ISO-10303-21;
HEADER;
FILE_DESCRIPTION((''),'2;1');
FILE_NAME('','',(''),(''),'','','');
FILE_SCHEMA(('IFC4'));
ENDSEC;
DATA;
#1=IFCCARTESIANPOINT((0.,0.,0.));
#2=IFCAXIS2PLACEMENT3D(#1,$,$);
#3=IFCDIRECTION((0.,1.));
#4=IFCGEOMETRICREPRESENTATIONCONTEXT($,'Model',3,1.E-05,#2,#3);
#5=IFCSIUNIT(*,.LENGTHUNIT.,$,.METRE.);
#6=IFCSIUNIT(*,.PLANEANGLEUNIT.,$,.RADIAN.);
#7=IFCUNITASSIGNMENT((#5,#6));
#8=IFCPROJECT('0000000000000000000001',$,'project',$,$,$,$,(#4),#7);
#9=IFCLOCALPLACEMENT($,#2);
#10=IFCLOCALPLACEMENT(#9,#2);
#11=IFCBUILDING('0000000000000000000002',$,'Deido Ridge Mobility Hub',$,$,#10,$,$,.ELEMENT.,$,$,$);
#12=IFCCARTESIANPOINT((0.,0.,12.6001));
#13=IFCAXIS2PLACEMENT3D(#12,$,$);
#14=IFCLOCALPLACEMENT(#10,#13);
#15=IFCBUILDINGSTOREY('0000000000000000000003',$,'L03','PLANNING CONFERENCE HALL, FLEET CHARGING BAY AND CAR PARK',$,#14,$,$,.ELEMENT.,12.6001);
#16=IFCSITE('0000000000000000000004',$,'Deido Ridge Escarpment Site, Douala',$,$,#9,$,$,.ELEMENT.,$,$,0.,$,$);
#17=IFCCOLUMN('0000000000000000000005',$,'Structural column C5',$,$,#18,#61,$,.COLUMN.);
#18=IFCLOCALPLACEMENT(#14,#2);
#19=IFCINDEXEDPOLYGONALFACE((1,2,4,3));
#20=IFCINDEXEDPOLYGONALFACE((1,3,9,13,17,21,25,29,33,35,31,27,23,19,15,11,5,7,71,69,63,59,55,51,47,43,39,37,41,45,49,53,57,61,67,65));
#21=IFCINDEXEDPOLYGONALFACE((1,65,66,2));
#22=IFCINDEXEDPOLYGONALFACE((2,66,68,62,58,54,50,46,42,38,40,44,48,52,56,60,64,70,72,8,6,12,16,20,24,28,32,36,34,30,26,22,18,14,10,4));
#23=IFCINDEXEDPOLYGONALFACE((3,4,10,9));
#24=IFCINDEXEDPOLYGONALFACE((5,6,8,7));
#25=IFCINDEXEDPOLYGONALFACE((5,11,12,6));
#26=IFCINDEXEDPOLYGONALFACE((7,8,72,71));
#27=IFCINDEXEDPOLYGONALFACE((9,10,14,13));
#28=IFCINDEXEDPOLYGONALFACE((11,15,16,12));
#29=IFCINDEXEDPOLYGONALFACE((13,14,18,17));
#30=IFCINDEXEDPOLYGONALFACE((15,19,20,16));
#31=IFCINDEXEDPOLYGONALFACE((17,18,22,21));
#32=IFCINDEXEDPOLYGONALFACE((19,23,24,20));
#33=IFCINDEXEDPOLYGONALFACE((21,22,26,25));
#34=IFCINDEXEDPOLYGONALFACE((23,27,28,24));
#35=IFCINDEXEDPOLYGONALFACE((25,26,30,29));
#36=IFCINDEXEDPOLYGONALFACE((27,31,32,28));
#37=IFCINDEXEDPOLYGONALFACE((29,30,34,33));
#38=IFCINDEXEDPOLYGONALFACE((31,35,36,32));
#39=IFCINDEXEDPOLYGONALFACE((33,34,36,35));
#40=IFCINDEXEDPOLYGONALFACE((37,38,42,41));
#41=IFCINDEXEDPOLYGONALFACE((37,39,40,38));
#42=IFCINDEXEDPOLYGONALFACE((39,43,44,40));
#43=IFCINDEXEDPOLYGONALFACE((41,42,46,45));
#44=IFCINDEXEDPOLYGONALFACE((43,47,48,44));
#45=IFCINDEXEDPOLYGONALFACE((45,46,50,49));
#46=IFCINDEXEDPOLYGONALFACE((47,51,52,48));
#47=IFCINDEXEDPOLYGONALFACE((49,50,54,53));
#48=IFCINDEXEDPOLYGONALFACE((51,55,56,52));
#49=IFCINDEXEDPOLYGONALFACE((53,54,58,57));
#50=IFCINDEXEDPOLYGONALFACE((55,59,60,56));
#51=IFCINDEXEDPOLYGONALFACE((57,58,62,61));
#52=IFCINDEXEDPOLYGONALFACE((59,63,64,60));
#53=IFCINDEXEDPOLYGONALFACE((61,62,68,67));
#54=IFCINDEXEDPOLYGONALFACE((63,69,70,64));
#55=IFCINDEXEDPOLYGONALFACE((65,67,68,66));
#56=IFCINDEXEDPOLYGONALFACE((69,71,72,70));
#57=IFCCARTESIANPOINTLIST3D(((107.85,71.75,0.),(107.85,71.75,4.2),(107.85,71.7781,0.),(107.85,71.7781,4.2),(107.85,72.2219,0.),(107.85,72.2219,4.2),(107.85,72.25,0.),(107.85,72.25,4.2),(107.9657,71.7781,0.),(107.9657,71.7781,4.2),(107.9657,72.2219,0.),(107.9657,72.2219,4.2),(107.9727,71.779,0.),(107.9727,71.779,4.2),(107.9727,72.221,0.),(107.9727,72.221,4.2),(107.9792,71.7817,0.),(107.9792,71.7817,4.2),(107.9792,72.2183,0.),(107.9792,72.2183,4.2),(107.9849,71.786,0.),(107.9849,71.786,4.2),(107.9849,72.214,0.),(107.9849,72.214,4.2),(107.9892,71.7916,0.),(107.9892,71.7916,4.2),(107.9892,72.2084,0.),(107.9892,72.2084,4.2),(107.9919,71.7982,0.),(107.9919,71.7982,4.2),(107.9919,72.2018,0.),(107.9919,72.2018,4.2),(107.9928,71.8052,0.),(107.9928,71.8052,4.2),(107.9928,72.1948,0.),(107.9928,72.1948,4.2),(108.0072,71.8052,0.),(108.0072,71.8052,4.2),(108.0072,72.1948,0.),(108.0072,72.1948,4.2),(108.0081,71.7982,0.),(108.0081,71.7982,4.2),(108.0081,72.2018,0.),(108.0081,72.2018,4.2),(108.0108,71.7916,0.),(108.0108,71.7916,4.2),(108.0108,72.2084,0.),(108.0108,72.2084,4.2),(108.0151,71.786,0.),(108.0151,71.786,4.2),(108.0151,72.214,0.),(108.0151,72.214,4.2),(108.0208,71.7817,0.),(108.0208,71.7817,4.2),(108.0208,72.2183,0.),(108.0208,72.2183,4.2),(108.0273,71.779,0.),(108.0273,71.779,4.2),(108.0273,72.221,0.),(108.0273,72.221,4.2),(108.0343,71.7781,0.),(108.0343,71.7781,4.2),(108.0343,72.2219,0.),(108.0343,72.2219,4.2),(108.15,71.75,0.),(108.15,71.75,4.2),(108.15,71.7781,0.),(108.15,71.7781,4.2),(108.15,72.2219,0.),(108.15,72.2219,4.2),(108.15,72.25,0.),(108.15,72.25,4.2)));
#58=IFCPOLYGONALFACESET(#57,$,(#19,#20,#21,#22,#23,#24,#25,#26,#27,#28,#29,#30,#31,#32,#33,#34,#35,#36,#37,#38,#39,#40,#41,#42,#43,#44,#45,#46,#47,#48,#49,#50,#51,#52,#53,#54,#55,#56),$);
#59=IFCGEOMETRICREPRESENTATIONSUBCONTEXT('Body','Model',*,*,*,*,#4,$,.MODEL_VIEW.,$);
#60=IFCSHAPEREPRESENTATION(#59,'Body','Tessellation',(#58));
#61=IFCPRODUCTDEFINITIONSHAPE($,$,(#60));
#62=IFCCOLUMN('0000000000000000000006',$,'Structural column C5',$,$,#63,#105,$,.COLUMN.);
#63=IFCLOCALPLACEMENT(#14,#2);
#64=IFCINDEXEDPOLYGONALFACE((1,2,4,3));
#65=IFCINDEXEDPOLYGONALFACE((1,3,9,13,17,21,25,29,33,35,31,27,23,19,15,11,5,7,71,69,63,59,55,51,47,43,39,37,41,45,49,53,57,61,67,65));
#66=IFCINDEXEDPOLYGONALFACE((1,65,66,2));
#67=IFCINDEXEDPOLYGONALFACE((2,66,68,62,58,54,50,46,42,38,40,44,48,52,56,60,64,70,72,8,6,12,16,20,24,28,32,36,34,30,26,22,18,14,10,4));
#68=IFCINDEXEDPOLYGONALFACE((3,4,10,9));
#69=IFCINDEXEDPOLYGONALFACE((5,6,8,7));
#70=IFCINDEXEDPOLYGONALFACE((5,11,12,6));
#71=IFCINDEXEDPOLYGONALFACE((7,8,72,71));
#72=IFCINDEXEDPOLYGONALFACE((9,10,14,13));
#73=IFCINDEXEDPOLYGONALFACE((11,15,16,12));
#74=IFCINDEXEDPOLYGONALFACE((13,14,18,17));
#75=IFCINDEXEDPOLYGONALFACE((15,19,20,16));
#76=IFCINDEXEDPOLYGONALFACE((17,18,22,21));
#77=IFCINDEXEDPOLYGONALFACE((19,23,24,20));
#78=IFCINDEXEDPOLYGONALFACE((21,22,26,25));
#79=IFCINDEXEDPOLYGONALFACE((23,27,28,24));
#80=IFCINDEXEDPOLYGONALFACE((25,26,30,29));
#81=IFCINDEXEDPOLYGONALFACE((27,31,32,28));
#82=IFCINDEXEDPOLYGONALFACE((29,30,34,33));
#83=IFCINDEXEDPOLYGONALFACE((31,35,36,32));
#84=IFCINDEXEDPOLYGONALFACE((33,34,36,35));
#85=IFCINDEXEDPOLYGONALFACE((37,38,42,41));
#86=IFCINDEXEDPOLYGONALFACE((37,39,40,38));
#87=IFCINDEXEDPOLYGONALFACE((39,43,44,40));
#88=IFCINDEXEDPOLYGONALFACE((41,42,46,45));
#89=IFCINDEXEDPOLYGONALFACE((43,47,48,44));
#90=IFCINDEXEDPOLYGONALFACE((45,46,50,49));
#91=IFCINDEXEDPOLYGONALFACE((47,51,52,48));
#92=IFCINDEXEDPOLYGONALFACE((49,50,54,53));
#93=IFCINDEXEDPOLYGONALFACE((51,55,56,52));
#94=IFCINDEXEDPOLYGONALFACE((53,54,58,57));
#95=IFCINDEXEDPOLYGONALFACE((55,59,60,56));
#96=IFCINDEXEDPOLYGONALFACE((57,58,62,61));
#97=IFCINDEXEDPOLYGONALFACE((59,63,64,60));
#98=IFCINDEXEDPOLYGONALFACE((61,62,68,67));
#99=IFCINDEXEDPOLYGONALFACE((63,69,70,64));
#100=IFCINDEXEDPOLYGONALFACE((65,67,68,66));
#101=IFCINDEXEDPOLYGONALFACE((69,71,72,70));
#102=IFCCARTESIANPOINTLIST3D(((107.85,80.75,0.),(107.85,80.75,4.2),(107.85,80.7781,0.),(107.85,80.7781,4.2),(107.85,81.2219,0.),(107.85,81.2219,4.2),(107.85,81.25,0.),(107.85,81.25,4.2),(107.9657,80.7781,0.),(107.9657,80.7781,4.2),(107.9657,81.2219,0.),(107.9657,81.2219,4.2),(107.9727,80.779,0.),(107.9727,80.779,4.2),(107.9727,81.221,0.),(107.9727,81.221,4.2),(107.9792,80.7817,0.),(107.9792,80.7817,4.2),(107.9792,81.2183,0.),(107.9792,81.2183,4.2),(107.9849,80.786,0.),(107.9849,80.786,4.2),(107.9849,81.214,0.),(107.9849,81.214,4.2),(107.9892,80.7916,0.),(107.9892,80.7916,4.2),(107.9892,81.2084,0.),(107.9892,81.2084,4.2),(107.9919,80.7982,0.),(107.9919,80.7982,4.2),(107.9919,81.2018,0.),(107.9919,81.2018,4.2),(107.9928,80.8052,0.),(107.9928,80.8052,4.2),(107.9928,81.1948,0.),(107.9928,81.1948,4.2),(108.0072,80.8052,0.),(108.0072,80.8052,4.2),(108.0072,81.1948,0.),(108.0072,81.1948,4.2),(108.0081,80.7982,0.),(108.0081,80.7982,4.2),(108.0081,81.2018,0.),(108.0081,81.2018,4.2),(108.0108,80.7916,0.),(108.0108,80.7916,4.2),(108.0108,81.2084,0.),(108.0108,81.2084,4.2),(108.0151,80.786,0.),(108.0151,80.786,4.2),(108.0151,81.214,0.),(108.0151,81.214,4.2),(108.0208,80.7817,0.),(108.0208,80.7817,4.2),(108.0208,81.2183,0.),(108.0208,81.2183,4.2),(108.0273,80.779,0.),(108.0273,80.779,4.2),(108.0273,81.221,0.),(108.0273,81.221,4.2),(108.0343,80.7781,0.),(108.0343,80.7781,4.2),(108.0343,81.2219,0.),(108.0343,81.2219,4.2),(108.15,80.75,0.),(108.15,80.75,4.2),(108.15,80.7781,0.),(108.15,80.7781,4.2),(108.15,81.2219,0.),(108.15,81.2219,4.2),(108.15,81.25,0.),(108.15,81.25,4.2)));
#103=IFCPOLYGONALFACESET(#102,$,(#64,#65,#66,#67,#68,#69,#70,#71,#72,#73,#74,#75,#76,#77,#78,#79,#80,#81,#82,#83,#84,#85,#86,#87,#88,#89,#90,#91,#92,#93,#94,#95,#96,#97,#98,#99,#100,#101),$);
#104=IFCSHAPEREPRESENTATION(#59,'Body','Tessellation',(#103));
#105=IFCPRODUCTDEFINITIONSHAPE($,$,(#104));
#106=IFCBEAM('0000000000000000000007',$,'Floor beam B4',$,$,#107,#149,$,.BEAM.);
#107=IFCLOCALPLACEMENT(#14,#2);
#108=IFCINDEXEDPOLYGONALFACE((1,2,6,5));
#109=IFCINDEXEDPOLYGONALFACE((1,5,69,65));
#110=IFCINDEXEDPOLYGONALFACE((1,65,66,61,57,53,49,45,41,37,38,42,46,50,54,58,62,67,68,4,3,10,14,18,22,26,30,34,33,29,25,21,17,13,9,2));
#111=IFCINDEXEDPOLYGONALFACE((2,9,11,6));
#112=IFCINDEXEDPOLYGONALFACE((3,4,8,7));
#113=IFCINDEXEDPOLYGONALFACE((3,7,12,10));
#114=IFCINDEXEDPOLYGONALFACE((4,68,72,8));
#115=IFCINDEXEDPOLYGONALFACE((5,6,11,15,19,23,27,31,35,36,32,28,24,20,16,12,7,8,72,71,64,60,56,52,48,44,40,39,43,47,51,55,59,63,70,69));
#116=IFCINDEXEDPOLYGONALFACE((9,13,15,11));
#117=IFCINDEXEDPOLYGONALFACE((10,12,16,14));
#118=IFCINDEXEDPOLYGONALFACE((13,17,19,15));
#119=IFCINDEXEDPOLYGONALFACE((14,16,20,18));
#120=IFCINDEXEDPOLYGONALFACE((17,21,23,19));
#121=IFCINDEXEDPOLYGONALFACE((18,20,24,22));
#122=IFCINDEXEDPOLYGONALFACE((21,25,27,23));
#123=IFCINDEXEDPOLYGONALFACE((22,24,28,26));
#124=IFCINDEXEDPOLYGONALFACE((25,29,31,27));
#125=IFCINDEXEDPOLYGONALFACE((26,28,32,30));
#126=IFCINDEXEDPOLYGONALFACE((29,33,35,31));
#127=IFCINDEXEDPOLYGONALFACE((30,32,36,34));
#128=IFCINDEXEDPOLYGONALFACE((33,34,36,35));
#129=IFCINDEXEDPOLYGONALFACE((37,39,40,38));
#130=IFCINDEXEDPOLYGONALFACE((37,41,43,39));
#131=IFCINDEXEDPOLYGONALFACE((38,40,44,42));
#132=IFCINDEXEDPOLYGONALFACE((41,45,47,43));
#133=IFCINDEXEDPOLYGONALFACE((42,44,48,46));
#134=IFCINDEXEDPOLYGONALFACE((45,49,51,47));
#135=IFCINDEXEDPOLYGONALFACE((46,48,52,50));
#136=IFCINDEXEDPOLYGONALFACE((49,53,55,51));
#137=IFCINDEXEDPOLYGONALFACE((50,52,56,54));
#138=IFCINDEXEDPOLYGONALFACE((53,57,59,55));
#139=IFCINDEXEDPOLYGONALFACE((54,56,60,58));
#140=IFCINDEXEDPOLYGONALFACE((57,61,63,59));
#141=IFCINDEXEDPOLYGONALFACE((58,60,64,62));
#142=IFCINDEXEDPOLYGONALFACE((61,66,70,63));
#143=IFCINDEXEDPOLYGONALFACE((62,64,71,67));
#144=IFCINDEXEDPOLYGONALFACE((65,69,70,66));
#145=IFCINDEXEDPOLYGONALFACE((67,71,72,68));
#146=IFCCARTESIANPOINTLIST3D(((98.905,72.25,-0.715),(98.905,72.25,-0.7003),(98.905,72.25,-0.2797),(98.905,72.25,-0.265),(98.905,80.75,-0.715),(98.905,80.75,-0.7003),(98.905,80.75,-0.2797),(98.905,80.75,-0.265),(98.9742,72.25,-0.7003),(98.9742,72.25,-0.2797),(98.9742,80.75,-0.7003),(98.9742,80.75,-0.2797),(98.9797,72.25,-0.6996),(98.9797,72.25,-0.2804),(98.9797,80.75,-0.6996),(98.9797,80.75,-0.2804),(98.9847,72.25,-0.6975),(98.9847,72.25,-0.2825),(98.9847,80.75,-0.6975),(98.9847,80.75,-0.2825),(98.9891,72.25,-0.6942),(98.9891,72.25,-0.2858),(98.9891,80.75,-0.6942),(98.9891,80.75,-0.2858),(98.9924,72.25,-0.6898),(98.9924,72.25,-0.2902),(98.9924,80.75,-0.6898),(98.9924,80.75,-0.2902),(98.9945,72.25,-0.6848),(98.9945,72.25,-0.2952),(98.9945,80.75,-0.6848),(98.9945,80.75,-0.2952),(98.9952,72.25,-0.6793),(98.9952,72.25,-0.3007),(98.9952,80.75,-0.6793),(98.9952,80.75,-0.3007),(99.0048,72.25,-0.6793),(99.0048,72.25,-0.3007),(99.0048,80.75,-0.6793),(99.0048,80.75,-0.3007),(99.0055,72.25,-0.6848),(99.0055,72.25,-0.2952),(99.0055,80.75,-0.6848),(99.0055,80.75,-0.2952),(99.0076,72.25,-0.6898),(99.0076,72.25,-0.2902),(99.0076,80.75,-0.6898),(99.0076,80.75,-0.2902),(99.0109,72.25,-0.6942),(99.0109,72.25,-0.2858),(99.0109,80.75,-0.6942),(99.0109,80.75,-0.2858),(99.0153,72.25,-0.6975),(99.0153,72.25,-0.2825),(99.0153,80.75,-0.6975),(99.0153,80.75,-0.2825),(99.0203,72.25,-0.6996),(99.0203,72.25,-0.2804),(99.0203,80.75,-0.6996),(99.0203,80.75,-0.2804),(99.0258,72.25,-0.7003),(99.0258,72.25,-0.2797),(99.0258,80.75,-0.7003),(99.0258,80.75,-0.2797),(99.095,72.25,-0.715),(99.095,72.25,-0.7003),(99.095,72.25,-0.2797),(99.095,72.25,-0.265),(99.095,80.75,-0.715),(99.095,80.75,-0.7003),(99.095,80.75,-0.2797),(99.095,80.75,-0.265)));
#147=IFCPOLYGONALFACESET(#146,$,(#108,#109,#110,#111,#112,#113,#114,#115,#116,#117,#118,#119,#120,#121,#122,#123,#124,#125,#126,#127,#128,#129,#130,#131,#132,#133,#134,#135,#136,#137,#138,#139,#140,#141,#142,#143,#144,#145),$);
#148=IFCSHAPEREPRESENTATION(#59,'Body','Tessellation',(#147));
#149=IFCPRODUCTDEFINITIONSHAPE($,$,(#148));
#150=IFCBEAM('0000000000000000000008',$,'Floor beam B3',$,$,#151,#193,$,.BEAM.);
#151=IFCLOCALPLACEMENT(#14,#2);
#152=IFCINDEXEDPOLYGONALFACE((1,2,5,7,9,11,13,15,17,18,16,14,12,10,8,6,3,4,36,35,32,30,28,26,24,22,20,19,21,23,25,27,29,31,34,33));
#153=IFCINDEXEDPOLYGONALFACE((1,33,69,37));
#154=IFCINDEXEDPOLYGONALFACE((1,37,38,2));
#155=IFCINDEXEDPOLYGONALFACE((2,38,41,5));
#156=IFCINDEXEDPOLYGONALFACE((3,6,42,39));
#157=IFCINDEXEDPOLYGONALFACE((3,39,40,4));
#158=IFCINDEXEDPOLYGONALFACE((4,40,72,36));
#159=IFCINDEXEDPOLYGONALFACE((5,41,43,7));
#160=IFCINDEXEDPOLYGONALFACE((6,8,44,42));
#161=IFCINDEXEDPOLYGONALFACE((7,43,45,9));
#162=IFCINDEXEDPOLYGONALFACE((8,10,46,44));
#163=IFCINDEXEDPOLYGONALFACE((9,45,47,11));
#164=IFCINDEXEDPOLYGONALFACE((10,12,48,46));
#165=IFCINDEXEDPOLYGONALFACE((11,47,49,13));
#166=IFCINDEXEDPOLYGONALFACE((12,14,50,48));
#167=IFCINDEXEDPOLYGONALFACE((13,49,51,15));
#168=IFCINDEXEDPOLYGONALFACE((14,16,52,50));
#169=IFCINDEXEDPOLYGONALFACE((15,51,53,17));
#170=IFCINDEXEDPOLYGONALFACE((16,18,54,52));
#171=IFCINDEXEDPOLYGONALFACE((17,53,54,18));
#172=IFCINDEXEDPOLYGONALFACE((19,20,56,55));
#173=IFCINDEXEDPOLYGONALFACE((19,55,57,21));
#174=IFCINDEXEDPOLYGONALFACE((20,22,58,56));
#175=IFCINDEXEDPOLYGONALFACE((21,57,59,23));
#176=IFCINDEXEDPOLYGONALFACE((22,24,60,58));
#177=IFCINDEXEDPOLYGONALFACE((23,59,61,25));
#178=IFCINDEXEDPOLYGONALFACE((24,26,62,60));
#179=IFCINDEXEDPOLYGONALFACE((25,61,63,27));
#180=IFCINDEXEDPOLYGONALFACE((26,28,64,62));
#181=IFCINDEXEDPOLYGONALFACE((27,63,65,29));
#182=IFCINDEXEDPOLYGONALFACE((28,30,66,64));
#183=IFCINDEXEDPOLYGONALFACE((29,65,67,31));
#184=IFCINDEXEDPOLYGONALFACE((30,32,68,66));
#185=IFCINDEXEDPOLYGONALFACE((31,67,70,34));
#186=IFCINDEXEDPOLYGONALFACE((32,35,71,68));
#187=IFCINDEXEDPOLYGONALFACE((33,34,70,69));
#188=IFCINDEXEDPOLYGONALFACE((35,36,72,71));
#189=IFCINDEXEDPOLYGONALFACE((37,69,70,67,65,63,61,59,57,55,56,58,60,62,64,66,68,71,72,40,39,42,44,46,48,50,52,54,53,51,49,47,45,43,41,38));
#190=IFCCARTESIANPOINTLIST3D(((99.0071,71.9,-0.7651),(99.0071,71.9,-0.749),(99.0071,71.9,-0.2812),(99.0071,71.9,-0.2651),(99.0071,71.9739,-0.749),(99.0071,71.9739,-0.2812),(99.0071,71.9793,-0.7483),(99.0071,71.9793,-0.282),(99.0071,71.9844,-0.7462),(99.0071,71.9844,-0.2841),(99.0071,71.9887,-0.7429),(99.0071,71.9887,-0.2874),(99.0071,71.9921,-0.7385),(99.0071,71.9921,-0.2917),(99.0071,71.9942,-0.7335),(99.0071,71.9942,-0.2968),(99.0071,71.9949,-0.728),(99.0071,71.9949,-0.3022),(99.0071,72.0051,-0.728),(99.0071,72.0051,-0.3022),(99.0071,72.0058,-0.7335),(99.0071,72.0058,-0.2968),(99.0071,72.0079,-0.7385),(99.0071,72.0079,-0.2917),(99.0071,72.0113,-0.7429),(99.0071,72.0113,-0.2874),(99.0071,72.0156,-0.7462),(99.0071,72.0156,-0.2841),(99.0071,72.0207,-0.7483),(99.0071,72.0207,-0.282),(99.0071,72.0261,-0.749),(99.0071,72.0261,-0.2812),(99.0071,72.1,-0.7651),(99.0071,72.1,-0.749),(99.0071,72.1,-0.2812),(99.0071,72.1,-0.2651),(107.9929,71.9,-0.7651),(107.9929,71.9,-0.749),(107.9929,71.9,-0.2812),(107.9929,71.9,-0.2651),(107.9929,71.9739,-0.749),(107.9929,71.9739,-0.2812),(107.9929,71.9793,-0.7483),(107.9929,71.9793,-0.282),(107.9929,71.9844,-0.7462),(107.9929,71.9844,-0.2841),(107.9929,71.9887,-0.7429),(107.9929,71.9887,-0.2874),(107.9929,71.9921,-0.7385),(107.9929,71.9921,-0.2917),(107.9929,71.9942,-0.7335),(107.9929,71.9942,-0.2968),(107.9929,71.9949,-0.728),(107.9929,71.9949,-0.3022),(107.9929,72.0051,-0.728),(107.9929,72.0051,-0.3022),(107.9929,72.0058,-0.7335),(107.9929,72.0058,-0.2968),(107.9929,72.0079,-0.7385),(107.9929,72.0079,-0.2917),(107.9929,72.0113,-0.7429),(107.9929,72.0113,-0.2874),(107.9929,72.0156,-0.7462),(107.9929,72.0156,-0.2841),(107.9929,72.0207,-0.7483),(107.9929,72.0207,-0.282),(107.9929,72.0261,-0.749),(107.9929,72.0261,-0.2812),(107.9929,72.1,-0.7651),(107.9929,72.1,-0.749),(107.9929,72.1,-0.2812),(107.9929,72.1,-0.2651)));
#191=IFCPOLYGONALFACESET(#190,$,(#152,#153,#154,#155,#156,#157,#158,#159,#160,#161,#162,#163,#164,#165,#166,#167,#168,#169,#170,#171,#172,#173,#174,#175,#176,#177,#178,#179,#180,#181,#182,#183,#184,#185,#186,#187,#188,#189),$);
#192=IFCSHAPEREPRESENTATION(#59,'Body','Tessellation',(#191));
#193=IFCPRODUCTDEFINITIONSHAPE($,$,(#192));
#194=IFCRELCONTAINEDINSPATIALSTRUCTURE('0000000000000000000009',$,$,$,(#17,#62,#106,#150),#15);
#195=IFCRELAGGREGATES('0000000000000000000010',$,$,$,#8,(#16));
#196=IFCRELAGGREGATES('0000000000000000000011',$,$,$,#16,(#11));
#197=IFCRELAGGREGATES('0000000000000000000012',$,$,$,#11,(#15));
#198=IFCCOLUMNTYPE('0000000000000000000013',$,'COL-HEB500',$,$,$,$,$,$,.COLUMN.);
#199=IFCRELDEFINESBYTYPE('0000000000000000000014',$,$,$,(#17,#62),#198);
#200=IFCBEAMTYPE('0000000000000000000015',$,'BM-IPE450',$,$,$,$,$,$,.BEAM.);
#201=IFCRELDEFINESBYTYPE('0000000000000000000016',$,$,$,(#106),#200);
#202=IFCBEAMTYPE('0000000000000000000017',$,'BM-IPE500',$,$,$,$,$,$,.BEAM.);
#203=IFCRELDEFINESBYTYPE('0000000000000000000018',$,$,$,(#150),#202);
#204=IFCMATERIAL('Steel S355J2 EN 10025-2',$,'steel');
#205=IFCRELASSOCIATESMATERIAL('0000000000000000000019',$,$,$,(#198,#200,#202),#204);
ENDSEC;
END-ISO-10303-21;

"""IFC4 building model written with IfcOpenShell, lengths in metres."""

from ifc_helpers import new_model, si_unit, direction, frame, origin, origin_2d, place, context, subcontext, project, spatial, i_section, extrude, material, material_profile, profile_set, type_object, element, save


model = new_model("IFC4")

# Units and contexts
model_context = context("Model", 3, precision=1e-05, world=origin(), true_north=direction((0.0, 1.0)))
body_context = subcontext(model_context, "Body", "Model", "MODEL_VIEW")
ifc_project = project(units=[si_unit("LENGTHUNIT", "METRE"), si_unit("PLANEANGLEUNIT", "RADIAN")], contexts=[model_context])

# Site, building, storey
site_placement = place(None, origin())
site = spatial("IfcSite", under=ifc_project, at=site_placement, Name="Deido Ridge Escarpment Site, Douala", CompositionType="ELEMENT", RefElevation=0.0)
building_placement = place(site_placement, origin())
building = spatial("IfcBuilding", under=site, at=building_placement, Name="Deido Ridge Mobility Hub", CompositionType="ELEMENT")
storey_placement = place(building_placement, frame((0.0, 0.0, 12.6001)))
storey = spatial("IfcBuildingStorey", under=building, at=storey_placement, Name="L03", Description="PLANNING CONFERENCE HALL, FLEET CHARGING BAY AND CAR PARK", CompositionType="ELEMENT", Elevation=12.6001)

# Columns
ifc_material_1 = material(Name="Steel S355J2 EN 10025-2", Category="steel")
ifc_material_profile_1 = material_profile(ifc_material_1, i_section(OverallWidth=0.3, OverallDepth=0.5, WebThickness=0.0144, FlangeThickness=0.0281, FilletRadius=0.0271, at=origin_2d()), Name="HEB 500")
ifc_profile_set_1 = profile_set([ifc_material_profile_1], Name="Steel S355J2 EN 10025-2")
column_type = type_object("IfcColumnType", Name="COL-HEB500", PredefinedType="COLUMN", material=ifc_profile_set_1)
for number, where, z_axis, x_axis, name in (
    (1, (108.0, 72.0, 0.0), (0.0, 0.0, 1.0), (1.0, 0.0, 0.0), "Structural column C5"),
    (2, (108.0, 81.0, 0.0), (0.0, 0.0, 1.0), (1.0, 0.0, 0.0), "Structural column C5"),
):
    element("IfcColumn", number, at=place(storey_placement, frame(where, z_axis=z_axis, x_axis=x_axis)), inside=storey, type_object=column_type, Name=name, PredefinedType="COLUMN", context=body_context, shape_type="SweptSolid", body=[
        extrude(i_section(OverallWidth=0.3, OverallDepth=0.5, WebThickness=0.0144, FlangeThickness=0.0281, FilletRadius=0.0271, at=origin_2d()), origin(), (0.0, 0.0, 1.0), 4.2),
    ])

# Beams
ifc_material_profile_2 = material_profile(ifc_material_1, i_section(OverallWidth=0.1899, OverallDepth=0.45, WebThickness=0.0095, FlangeThickness=0.0146, FilletRadius=0.021, at=origin_2d()), Name="IPE 450")
ifc_profile_set_2 = profile_set([ifc_material_profile_2], Name="Steel S355J2 EN 10025-2")
beam_type_1 = type_object("IfcBeamType", Name="BM-IPE450", PredefinedType="BEAM", material=ifc_profile_set_2)
beam_1_placement = place(storey_placement, frame((99.0, 72.25, -0.49), z_axis=(0.0, 1.0, 0.0), x_axis=(-1.0, 0.0, 0.0)))
element("IfcBeam", 3, at=beam_1_placement, inside=storey, type_object=beam_type_1, Name="Floor beam B4", PredefinedType="BEAM", context=body_context, shape_type="SweptSolid", body=[
    extrude(i_section(OverallWidth=0.1899, OverallDepth=0.45, WebThickness=0.0095, FlangeThickness=0.0146, FilletRadius=0.021, at=origin_2d()), origin(), (0.0, 0.0, 1.0), 8.5),
])
ifc_material_profile_3 = material_profile(ifc_material_1, i_section(OverallWidth=0.2, OverallDepth=0.5, WebThickness=0.0103, FlangeThickness=0.0161, FilletRadius=0.021, at=origin_2d()), Name="IPE 500")
ifc_profile_set_3 = profile_set([ifc_material_profile_3], Name="Steel S355J2 EN 10025-2")
beam_type_2 = type_object("IfcBeamType", Name="BM-IPE500", PredefinedType="BEAM", material=ifc_profile_set_3)
for number, where, z_axis, x_axis, name in (
    (4, (99.0071, 72.0, -0.5151), (1.0, 0.0, 0.0), (0.0, 1.0, 0.0), "Floor beam B3"),
):
    element("IfcBeam", number, at=place(storey_placement, frame(where, z_axis=z_axis, x_axis=x_axis)), inside=storey, type_object=beam_type_2, Name=name, PredefinedType="BEAM", context=body_context, shape_type="SweptSolid", body=[
        extrude(i_section(OverallWidth=0.2, OverallDepth=0.5, WebThickness=0.0103, FlangeThickness=0.0161, FilletRadius=0.021, at=origin_2d()), origin(), (0.0, 0.0, 1.0), 8.9858),
    ])

save(model, "model.ifc")
